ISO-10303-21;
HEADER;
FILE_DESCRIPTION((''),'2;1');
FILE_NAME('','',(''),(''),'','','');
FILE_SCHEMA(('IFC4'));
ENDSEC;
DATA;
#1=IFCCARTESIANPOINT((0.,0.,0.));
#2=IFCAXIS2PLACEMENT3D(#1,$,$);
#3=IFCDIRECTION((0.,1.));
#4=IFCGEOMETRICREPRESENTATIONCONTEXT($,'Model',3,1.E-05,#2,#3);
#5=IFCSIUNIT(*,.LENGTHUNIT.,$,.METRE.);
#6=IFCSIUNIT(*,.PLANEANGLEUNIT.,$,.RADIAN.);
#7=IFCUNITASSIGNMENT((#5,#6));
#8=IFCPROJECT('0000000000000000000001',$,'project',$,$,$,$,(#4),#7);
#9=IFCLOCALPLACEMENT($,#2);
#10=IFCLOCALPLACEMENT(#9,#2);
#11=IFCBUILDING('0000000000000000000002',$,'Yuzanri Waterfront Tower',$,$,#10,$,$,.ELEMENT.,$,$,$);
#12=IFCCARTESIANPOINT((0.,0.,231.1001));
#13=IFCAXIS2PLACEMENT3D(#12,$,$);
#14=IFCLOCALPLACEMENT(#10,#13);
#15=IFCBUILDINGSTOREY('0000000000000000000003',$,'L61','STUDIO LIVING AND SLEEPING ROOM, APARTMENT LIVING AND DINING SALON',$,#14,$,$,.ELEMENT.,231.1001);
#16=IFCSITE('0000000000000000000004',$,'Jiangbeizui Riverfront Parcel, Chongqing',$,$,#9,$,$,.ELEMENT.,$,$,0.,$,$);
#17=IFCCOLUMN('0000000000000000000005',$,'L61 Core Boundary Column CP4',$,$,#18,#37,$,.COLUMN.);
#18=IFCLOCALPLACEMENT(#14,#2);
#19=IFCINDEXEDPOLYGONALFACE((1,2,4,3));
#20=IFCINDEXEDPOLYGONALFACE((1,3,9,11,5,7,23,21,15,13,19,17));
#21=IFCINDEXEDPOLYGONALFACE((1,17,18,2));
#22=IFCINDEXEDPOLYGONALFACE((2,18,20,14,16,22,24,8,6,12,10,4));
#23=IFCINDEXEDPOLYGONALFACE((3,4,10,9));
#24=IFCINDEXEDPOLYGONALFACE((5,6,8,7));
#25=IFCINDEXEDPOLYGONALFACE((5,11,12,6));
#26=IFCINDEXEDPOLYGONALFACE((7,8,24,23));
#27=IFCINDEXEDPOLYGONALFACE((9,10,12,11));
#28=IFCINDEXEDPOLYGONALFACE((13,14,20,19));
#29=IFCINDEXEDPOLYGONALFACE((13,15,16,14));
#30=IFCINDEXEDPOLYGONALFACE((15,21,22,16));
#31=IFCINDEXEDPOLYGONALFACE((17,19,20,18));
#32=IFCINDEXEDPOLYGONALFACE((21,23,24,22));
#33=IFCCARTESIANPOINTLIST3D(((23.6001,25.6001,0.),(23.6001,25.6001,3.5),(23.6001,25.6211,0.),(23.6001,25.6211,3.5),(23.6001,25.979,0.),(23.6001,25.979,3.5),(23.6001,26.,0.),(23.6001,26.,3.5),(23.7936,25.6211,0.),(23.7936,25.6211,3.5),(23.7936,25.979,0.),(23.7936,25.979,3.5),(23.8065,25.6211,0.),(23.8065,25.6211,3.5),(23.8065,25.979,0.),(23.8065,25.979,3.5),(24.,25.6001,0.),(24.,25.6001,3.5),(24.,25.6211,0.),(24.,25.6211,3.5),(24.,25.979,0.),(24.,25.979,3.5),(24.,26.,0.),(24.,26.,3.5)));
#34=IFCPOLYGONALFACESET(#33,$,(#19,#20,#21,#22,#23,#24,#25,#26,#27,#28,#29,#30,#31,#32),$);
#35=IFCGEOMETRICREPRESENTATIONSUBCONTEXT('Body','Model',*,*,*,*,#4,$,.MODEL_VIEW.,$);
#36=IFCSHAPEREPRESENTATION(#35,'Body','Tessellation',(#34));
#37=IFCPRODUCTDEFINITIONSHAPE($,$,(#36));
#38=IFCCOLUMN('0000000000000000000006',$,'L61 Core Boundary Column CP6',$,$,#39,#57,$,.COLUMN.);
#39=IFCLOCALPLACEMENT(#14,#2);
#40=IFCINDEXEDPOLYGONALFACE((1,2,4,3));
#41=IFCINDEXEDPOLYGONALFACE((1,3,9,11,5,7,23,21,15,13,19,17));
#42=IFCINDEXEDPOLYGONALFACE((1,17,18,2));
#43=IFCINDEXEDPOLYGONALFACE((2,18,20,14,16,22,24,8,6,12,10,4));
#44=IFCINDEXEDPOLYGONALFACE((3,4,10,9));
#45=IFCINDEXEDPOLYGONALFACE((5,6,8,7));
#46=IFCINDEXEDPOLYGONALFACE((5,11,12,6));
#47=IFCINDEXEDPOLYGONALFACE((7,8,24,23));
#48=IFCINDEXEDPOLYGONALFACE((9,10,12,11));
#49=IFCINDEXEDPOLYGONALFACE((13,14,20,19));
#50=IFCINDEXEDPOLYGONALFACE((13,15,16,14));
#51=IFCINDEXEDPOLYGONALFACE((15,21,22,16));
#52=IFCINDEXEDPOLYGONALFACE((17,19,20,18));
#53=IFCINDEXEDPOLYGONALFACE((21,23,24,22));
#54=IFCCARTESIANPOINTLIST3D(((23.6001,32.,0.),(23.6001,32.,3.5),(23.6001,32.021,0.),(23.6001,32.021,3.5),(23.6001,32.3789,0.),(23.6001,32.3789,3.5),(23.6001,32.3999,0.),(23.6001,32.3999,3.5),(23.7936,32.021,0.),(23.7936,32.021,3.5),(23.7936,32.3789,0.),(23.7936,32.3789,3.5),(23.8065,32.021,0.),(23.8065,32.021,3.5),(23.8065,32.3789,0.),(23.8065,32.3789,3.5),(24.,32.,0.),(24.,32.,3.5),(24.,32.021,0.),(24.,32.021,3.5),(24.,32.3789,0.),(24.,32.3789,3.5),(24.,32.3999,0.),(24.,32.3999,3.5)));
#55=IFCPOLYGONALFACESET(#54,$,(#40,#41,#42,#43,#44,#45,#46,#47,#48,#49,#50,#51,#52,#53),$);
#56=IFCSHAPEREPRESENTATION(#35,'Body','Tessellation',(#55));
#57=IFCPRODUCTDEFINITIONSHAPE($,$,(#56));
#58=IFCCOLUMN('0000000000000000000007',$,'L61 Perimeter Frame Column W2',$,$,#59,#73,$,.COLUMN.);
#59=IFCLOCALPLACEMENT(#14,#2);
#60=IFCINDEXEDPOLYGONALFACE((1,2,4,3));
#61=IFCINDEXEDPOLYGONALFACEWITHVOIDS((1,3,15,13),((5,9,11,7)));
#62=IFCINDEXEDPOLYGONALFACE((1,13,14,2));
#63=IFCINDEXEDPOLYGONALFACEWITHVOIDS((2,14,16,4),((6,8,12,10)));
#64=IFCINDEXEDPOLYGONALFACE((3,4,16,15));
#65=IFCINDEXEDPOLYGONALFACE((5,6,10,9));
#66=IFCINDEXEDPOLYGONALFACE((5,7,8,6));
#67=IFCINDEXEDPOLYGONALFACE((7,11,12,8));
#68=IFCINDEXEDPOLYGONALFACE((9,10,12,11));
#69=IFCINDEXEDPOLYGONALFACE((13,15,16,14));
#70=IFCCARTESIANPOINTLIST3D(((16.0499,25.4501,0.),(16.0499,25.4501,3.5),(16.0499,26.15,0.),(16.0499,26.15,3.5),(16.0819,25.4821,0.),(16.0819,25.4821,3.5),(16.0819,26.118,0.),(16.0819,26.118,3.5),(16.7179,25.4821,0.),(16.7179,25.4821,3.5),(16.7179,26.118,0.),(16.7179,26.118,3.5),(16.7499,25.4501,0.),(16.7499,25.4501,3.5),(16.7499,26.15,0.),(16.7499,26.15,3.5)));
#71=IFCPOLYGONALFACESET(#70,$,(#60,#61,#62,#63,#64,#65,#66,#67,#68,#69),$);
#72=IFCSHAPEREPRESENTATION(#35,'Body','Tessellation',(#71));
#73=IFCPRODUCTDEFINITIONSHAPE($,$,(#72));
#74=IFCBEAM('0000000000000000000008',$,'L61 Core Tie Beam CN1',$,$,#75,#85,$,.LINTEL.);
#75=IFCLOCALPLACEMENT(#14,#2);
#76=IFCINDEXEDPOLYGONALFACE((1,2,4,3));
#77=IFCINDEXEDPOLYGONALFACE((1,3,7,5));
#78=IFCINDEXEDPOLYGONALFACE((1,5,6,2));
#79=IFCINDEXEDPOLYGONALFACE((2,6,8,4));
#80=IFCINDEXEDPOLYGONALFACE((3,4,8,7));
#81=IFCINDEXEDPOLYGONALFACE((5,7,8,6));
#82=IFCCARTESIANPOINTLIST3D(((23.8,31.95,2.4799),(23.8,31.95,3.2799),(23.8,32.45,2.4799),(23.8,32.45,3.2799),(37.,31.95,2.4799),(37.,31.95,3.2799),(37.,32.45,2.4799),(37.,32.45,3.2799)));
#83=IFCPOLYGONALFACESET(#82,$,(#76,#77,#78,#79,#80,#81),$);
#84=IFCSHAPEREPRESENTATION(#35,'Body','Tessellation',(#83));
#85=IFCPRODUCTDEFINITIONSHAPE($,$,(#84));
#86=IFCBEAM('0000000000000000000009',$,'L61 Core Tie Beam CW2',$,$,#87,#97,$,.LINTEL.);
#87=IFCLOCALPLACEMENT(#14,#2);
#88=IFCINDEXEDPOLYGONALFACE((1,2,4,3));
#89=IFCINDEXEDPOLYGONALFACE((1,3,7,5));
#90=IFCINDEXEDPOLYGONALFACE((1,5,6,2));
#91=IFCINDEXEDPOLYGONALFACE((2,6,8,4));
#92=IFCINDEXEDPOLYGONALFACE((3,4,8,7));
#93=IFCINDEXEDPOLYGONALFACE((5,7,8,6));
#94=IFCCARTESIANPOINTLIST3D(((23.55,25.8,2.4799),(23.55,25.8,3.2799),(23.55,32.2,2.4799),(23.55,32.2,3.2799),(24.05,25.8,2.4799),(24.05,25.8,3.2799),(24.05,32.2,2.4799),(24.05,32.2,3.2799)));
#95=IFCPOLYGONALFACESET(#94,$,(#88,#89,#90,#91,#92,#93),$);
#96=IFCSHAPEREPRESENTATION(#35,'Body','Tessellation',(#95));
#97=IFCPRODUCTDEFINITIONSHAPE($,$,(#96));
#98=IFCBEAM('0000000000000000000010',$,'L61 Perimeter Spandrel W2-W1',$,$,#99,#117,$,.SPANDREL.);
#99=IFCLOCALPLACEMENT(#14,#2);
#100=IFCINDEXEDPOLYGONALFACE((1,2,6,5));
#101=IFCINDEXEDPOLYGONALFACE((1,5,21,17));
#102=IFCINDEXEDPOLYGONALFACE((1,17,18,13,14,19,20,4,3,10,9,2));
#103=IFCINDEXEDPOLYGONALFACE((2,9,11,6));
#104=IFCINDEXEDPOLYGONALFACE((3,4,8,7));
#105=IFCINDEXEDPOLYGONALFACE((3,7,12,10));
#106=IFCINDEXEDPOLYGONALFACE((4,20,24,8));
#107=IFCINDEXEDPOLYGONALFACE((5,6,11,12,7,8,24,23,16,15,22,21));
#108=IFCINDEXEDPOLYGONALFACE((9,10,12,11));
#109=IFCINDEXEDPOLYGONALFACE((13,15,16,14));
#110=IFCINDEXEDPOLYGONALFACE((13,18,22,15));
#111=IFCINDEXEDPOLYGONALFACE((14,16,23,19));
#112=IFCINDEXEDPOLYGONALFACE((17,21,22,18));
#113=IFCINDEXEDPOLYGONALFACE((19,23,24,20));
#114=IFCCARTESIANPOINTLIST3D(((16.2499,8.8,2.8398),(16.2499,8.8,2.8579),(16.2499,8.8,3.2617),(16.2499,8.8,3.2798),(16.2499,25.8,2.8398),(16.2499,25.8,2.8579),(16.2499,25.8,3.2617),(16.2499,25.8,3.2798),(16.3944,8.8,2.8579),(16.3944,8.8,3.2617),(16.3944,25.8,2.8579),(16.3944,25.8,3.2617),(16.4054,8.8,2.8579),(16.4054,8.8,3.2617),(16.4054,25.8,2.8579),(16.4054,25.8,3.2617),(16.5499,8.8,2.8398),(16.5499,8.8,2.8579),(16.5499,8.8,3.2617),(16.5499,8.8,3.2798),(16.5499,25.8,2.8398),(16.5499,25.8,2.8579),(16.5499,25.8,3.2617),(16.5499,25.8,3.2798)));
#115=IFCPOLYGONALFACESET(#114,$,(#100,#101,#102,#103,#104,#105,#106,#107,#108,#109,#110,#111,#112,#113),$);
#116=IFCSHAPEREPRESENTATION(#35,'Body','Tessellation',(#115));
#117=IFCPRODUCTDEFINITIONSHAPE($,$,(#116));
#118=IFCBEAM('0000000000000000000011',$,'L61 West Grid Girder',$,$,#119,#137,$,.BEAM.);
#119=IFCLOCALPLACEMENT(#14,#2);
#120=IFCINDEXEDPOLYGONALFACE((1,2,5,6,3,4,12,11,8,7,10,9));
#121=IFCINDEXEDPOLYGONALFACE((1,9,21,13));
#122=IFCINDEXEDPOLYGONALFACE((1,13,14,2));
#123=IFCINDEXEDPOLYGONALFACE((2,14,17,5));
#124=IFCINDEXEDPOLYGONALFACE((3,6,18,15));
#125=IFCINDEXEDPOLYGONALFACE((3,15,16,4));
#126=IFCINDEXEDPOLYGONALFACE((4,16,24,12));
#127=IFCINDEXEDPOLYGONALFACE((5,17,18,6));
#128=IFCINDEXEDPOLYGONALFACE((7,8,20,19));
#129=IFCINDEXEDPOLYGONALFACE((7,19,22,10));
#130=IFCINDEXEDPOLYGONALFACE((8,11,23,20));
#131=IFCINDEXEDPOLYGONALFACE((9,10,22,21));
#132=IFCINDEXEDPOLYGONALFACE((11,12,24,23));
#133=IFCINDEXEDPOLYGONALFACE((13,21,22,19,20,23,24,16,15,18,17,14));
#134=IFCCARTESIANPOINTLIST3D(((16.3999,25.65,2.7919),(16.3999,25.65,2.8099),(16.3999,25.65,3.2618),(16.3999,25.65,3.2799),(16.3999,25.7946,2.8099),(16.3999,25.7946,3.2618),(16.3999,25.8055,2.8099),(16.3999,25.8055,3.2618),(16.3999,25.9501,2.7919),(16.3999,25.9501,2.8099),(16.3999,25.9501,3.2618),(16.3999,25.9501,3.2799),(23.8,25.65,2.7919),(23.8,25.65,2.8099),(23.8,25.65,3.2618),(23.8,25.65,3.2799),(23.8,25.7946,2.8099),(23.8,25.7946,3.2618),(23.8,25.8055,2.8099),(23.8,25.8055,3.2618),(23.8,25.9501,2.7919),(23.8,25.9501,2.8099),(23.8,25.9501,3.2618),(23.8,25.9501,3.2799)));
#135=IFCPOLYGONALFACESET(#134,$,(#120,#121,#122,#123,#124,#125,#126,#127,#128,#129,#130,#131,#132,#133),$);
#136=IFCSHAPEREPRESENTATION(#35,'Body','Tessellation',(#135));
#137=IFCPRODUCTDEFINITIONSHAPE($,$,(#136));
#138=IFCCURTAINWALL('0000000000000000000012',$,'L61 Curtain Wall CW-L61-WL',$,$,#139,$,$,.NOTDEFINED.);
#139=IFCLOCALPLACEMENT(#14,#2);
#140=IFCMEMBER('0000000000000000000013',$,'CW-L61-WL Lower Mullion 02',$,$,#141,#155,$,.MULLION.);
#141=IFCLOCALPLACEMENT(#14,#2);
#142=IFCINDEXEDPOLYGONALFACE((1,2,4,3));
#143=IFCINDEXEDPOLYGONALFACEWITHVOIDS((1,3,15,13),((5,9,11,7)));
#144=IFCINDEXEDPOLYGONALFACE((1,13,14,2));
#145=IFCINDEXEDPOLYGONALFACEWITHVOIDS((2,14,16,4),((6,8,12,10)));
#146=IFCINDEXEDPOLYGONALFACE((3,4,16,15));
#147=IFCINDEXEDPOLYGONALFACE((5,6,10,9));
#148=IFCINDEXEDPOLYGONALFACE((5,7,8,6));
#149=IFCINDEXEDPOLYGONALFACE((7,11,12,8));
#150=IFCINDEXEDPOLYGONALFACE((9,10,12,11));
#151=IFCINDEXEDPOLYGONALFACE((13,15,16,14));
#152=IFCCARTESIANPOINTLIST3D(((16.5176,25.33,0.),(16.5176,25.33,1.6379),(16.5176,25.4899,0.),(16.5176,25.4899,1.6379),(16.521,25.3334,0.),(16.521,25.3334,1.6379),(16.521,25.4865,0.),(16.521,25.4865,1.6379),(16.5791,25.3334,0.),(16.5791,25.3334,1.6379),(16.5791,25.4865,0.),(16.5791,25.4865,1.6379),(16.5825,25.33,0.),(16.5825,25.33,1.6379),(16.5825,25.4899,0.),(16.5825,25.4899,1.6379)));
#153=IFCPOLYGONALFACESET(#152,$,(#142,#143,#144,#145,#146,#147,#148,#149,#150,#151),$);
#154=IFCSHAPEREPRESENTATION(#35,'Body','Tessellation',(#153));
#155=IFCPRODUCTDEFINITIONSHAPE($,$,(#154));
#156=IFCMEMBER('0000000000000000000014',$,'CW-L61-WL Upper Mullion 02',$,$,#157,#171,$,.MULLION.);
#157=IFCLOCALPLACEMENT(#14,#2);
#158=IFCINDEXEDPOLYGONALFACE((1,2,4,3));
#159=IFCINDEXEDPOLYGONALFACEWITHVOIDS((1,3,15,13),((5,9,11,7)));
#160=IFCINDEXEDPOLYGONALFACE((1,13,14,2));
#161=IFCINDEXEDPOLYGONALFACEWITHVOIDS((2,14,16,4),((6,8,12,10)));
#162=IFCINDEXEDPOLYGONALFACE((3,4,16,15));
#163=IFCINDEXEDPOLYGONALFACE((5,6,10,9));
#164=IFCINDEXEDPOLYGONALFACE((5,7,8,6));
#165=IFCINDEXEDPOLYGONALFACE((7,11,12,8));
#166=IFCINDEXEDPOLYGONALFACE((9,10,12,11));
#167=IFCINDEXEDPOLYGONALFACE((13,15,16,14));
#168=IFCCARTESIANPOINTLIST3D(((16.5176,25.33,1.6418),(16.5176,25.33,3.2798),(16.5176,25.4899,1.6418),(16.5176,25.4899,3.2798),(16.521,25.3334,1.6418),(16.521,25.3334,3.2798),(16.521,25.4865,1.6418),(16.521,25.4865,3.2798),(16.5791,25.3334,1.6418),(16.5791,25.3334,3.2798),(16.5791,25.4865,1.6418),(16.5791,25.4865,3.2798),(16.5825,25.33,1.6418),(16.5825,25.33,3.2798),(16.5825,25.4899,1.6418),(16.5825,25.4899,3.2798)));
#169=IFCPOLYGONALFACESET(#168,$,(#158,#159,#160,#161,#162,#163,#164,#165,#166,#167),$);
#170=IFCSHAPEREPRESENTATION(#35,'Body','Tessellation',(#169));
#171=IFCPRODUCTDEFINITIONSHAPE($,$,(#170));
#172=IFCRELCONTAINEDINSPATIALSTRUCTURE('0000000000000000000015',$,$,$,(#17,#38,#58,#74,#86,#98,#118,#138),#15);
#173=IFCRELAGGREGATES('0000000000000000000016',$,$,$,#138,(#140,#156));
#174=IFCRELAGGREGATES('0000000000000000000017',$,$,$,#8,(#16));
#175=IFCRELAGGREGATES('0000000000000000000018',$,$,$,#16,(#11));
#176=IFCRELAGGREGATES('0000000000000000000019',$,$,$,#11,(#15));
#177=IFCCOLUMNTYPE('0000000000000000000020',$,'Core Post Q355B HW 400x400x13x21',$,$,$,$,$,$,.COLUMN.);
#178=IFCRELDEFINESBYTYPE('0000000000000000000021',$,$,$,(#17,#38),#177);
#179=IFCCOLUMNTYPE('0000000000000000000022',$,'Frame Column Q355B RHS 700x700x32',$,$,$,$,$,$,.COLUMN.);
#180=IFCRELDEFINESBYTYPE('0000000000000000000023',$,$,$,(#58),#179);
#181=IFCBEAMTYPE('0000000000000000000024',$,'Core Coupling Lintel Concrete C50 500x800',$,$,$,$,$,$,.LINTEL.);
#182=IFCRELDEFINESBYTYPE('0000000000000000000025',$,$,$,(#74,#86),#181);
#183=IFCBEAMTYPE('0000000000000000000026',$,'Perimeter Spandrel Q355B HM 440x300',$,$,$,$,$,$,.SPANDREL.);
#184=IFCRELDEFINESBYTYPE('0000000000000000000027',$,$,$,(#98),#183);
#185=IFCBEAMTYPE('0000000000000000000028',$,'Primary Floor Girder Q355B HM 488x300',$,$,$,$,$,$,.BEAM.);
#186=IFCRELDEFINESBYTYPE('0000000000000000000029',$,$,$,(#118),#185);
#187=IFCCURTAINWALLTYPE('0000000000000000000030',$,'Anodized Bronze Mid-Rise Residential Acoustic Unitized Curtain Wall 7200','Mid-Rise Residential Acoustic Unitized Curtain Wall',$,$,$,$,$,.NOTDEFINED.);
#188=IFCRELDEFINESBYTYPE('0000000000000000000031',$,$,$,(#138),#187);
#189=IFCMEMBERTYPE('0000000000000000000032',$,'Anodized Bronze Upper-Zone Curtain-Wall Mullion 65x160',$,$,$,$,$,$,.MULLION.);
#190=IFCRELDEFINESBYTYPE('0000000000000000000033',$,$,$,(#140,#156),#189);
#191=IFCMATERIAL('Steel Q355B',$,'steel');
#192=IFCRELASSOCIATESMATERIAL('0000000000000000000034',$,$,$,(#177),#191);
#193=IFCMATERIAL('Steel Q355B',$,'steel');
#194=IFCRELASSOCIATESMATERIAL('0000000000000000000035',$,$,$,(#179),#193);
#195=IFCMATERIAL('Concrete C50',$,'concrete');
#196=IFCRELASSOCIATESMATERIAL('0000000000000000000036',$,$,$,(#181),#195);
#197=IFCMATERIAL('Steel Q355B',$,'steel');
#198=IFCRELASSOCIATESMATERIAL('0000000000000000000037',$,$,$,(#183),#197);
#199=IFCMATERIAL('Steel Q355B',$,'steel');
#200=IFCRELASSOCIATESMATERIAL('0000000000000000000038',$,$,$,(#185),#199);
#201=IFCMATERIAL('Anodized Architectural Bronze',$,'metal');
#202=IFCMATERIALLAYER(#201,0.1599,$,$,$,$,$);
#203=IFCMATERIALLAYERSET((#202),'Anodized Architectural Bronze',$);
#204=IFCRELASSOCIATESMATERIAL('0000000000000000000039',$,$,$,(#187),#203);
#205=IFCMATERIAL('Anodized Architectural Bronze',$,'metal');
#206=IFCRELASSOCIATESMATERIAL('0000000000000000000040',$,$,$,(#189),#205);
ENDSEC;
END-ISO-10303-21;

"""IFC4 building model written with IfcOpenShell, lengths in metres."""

from ifc_helpers import new_model, si_unit, direction, frame, origin, origin_2d, place, context, subcontext, project, spatial, rectangle, hollow_rectangle, i_section, extrude, source, transform, mapped, material, layer, layer_set, material_profile, profile_set, type_object, element, aggregate, save


model = new_model("IFC4")

# Units and contexts
model_context = context("Model", 3, precision=1e-05, world=origin(), true_north=direction((0.0, 1.0)))
body_context = subcontext(model_context, "Body", "Model", "MODEL_VIEW")
ifc_project = project(units=[si_unit("LENGTHUNIT", "METRE"), si_unit("PLANEANGLEUNIT", "RADIAN")], contexts=[model_context])

# Site, building, storey
site_placement = place(None, origin())
site = spatial("IfcSite", under=ifc_project, at=site_placement, Name="Jiangbeizui Riverfront Parcel, Chongqing", CompositionType="ELEMENT", RefElevation=0.0)
building_placement = place(site_placement, origin())
building = spatial("IfcBuilding", under=site, at=building_placement, Name="Yuzanri Waterfront Tower", CompositionType="ELEMENT")
storey_placement = place(building_placement, frame((0.0, 0.0, 231.1001)))
storey = spatial("IfcBuildingStorey", under=building, at=storey_placement, Name="L61", Description="STUDIO LIVING AND SLEEPING ROOM, APARTMENT LIVING AND DINING SALON", CompositionType="ELEMENT", Elevation=231.1001)

# Columns
ifc_material_1 = material(Name="Steel Q355B", Category="steel")
ifc_material_profile_1 = material_profile(ifc_material_1, i_section(OverallWidth=0.3999, OverallDepth=0.3999, WebThickness=0.0129, FlangeThickness=0.021, at=origin_2d()), Name="HW 400x400x13x21")
ifc_profile_set_1 = profile_set([ifc_material_profile_1], Name="Steel Q355B")
column_type_1 = type_object("IfcColumnType", Name="Core Post Q355B HW 400x400x13x21", PredefinedType="COLUMN", material=ifc_profile_set_1)
shared_shape_1 = source(origin(), body_context, "Body", "SweptSolid", [
    extrude(i_section(OverallWidth=0.3999, OverallDepth=0.3999, WebThickness=0.0129, FlangeThickness=0.021, at=origin_2d()), origin(), (0.0, 0.0, 1.0), 3.5),
])
for number, where, z_axis, x_axis, name in (
    (1, (23.8, 25.8, 0.0), (0.0, 0.0, 1.0), (1.0, 0.0, 0.0), "L61 Core Boundary Column CP4"),
    (2, (23.8, 32.2, 0.0), (0.0, 0.0, 1.0), (1.0, 0.0, 0.0), "L61 Core Boundary Column CP6"),
):
    element("IfcColumn", number, at=place(storey_placement, frame(where, z_axis=z_axis, x_axis=x_axis)), inside=storey, type_object=column_type_1, Name=name, PredefinedType="COLUMN", context=body_context, shape_type="MappedRepresentation", body=[
        mapped(shared_shape_1, transform((0.0, 0.0, 0.0), scale=1.0)),
    ])
ifc_material_2 = material(Name="Steel Q355B", Category="steel")
ifc_material_profile_2 = material_profile(ifc_material_2, hollow_rectangle(XDim=0.7, YDim=0.7, WallThickness=0.032, at=origin_2d()), Name="RHS 700x700x32")
ifc_profile_set_2 = profile_set([ifc_material_profile_2], Name="Steel Q355B")
column_type_2 = type_object("IfcColumnType", Name="Frame Column Q355B RHS 700x700x32", PredefinedType="COLUMN", material=ifc_profile_set_2)
shared_shape_2 = source(origin(), body_context, "Body", "SweptSolid", [
    extrude(hollow_rectangle(XDim=0.7, YDim=0.7, WallThickness=0.032, at=origin_2d()), origin(), (0.0, 0.0, 1.0), 3.5),
])
column_placement = place(storey_placement, frame((16.3999, 25.8, 0.0), z_axis=(0.0, 0.0, 1.0), x_axis=(1.0, 0.0, 0.0)))
element("IfcColumn", 3, at=column_placement, inside=storey, type_object=column_type_2, Name="L61 Perimeter Frame Column W2", PredefinedType="COLUMN", context=body_context, shape_type="MappedRepresentation", body=[
    mapped(shared_shape_2, transform((0.0, 0.0, 0.0), scale=1.0)),
])

# Beams
ifc_material_3 = material(Name="Concrete C50", Category="concrete")
ifc_material_profile_3 = material_profile(ifc_material_3, rectangle(XDim=0.5, YDim=0.8, at=origin_2d()), Name="RC 500x800")
ifc_profile_set_3 = profile_set([ifc_material_profile_3], Name="Concrete C50")
beam_type_1 = type_object("IfcBeamType", Name="Core Coupling Lintel Concrete C50 500x800", PredefinedType="LINTEL", material=ifc_profile_set_3)
shared_shape_3 = source(origin(), body_context, "Body", "SweptSolid", [
    extrude(rectangle(XDim=0.5, YDim=0.8, at=origin_2d()), origin(), (0.0, 0.0, 1.0), 13.2),
])
beam_1_placement = place(storey_placement, frame((23.8, 32.2, 2.8799), z_axis=(1.0, 0.0, 0.0), x_axis=(0.0, 1.0, 0.0)))
element("IfcBeam", 4, at=beam_1_placement, inside=storey, type_object=beam_type_1, Name="L61 Core Tie Beam CN1", PredefinedType="LINTEL", context=body_context, shape_type="MappedRepresentation", body=[
    mapped(shared_shape_3, transform((0.0, 0.0, 0.0), scale=1.0)),
])
shared_shape_4 = source(origin(), body_context, "Body", "SweptSolid", [
    extrude(rectangle(XDim=0.5, YDim=0.8, at=origin_2d()), origin(), (0.0, 0.0, 1.0), 6.3999),
])
beam_2_placement = place(storey_placement, frame((23.8, 25.8, 2.8799), z_axis=(0.0, 1.0, 0.0), x_axis=(-1.0, 0.0, 0.0)))
element("IfcBeam", 5, at=beam_2_placement, inside=storey, type_object=beam_type_1, Name="L61 Core Tie Beam CW2", PredefinedType="LINTEL", context=body_context, shape_type="MappedRepresentation", body=[
    mapped(shared_shape_4, transform((0.0, 0.0, 0.0), scale=1.0)),
])
ifc_material_4 = material(Name="Steel Q355B", Category="steel")
ifc_material_profile_4 = material_profile(ifc_material_4, i_section(OverallWidth=0.3, OverallDepth=0.4399, WebThickness=0.011, FlangeThickness=0.0181, at=origin_2d()), Name="HM 440x300x11x18")
ifc_profile_set_4 = profile_set([ifc_material_profile_4], Name="Steel Q355B")
beam_type_2 = type_object("IfcBeamType", Name="Perimeter Spandrel Q355B HM 440x300", PredefinedType="SPANDREL", material=ifc_profile_set_4)
shared_shape_5 = source(origin(), body_context, "Body", "SweptSolid", [
    extrude(i_section(OverallWidth=0.3, OverallDepth=0.4399, WebThickness=0.011, FlangeThickness=0.0181, at=origin_2d()), origin(), (0.0, 0.0, 1.0), 17.0),
])
beam_3_placement = place(storey_placement, frame((16.3999, 25.8, 3.0598), z_axis=(0.0, -1.0, 0.0), x_axis=(1.0, 0.0, 0.0)))
element("IfcBeam", 6, at=beam_3_placement, inside=storey, type_object=beam_type_2, Name="L61 Perimeter Spandrel W2-W1", PredefinedType="SPANDREL", context=body_context, shape_type="MappedRepresentation", body=[
    mapped(shared_shape_5, transform((0.0, 0.0, 0.0), scale=1.0)),
])
ifc_material_5 = material(Name="Steel Q355B", Category="steel")
ifc_material_profile_5 = material_profile(ifc_material_5, i_section(OverallWidth=0.3, OverallDepth=0.488, WebThickness=0.011, FlangeThickness=0.0181, at=origin_2d()), Name="HM 488x300x11x18")
ifc_profile_set_5 = profile_set([ifc_material_profile_5], Name="Steel Q355B")
beam_type_3 = type_object("IfcBeamType", Name="Primary Floor Girder Q355B HM 488x300", PredefinedType="BEAM", material=ifc_profile_set_5)
shared_shape_6 = source(origin(), body_context, "Body", "SweptSolid", [
    extrude(i_section(OverallWidth=0.3, OverallDepth=0.488, WebThickness=0.011, FlangeThickness=0.0181, at=origin_2d()), origin(), (0.0, 0.0, 1.0), 7.4001),
])
beam_4_placement = place(storey_placement, frame((23.8, 25.8, 3.0359), z_axis=(-1.0, 0.0, 0.0), x_axis=(0.0, -1.0, 0.0)))
element("IfcBeam", 7, at=beam_4_placement, inside=storey, type_object=beam_type_3, Name="L61 West Grid Girder", PredefinedType="BEAM", context=body_context, shape_type="MappedRepresentation", body=[
    mapped(shared_shape_6, transform((0.0, 0.0, 0.0), scale=1.0)),
])

# Curtain wall, members
ifc_material_6 = material(Name="Anodized Architectural Bronze", Category="metal")
ifc_layer_1 = layer(ifc_material_6, 0.1599)
ifc_layer_set_1 = layer_set([ifc_layer_1], Name="Anodized Architectural Bronze")
curtain_wall_type = type_object("IfcCurtainWallType", Name="Anodized Bronze Mid-Rise Residential Acoustic Unitized Curtain Wall 7200", Description="Mid-Rise Residential Acoustic Unitized Curtain Wall", PredefinedType="NOTDEFINED", material=ifc_layer_set_1)
curtain_wall_1_placement = place(storey_placement, origin())
curtain_wall_1 = element("IfcCurtainWall", 8, at=curtain_wall_1_placement, inside=storey, type_object=curtain_wall_type, Name="L61 Curtain Wall CW-L61-WL", PredefinedType="NOTDEFINED")
ifc_material_7 = material(Name="Anodized Architectural Bronze", Category="metal")
ifc_material_profile_6 = material_profile(ifc_material_7, hollow_rectangle(XDim=0.0649, YDim=0.1599, WallThickness=0.0034, at=origin_2d()), Name="CWM 65x160")
ifc_profile_set_6 = profile_set([ifc_material_profile_6], Name="Anodized Architectural Bronze")
member_type_1 = type_object("IfcMemberType", Name="Anodized Bronze Upper-Zone Curtain-Wall Mullion 65x160", PredefinedType="MULLION", material=ifc_profile_set_6)
shared_shape_7 = source(origin(), body_context, "Body", "SweptSolid", [
    extrude(hollow_rectangle(XDim=0.0649, YDim=0.1599, WallThickness=0.0034, at=origin_2d()), origin(), (0.0, 0.0, 1.0), 1.6379),
])
member_1_placement = place(storey_placement, frame((16.55, 25.4099, 0.0), z_axis=(0.0, 0.0, 1.0), x_axis=(1.0, 0.0, 0.0)))
member_1 = element("IfcMember", 9, at=member_1_placement, type_object=member_type_1, Name="CW-L61-WL Lower Mullion 02", PredefinedType="MULLION", context=body_context, shape_type="MappedRepresentation", body=[
    mapped(shared_shape_7, transform((0.0, 0.0, 0.0), scale=1.0)),
])
member_2_placement = place(storey_placement, frame((16.55, 25.4099, 1.6418), z_axis=(0.0, 0.0, 1.0), x_axis=(1.0, 0.0, 0.0)))
member_2 = element("IfcMember", 10, at=member_2_placement, type_object=member_type_1, Name="CW-L61-WL Upper Mullion 02", PredefinedType="MULLION", context=body_context, shape_type="MappedRepresentation", body=[
    mapped(shared_shape_7, transform((0.0, 0.0, 0.0), scale=1.0)),
])
aggregate(curtain_wall_1, [member_1, member_2])

save(model, "model.ifc")
